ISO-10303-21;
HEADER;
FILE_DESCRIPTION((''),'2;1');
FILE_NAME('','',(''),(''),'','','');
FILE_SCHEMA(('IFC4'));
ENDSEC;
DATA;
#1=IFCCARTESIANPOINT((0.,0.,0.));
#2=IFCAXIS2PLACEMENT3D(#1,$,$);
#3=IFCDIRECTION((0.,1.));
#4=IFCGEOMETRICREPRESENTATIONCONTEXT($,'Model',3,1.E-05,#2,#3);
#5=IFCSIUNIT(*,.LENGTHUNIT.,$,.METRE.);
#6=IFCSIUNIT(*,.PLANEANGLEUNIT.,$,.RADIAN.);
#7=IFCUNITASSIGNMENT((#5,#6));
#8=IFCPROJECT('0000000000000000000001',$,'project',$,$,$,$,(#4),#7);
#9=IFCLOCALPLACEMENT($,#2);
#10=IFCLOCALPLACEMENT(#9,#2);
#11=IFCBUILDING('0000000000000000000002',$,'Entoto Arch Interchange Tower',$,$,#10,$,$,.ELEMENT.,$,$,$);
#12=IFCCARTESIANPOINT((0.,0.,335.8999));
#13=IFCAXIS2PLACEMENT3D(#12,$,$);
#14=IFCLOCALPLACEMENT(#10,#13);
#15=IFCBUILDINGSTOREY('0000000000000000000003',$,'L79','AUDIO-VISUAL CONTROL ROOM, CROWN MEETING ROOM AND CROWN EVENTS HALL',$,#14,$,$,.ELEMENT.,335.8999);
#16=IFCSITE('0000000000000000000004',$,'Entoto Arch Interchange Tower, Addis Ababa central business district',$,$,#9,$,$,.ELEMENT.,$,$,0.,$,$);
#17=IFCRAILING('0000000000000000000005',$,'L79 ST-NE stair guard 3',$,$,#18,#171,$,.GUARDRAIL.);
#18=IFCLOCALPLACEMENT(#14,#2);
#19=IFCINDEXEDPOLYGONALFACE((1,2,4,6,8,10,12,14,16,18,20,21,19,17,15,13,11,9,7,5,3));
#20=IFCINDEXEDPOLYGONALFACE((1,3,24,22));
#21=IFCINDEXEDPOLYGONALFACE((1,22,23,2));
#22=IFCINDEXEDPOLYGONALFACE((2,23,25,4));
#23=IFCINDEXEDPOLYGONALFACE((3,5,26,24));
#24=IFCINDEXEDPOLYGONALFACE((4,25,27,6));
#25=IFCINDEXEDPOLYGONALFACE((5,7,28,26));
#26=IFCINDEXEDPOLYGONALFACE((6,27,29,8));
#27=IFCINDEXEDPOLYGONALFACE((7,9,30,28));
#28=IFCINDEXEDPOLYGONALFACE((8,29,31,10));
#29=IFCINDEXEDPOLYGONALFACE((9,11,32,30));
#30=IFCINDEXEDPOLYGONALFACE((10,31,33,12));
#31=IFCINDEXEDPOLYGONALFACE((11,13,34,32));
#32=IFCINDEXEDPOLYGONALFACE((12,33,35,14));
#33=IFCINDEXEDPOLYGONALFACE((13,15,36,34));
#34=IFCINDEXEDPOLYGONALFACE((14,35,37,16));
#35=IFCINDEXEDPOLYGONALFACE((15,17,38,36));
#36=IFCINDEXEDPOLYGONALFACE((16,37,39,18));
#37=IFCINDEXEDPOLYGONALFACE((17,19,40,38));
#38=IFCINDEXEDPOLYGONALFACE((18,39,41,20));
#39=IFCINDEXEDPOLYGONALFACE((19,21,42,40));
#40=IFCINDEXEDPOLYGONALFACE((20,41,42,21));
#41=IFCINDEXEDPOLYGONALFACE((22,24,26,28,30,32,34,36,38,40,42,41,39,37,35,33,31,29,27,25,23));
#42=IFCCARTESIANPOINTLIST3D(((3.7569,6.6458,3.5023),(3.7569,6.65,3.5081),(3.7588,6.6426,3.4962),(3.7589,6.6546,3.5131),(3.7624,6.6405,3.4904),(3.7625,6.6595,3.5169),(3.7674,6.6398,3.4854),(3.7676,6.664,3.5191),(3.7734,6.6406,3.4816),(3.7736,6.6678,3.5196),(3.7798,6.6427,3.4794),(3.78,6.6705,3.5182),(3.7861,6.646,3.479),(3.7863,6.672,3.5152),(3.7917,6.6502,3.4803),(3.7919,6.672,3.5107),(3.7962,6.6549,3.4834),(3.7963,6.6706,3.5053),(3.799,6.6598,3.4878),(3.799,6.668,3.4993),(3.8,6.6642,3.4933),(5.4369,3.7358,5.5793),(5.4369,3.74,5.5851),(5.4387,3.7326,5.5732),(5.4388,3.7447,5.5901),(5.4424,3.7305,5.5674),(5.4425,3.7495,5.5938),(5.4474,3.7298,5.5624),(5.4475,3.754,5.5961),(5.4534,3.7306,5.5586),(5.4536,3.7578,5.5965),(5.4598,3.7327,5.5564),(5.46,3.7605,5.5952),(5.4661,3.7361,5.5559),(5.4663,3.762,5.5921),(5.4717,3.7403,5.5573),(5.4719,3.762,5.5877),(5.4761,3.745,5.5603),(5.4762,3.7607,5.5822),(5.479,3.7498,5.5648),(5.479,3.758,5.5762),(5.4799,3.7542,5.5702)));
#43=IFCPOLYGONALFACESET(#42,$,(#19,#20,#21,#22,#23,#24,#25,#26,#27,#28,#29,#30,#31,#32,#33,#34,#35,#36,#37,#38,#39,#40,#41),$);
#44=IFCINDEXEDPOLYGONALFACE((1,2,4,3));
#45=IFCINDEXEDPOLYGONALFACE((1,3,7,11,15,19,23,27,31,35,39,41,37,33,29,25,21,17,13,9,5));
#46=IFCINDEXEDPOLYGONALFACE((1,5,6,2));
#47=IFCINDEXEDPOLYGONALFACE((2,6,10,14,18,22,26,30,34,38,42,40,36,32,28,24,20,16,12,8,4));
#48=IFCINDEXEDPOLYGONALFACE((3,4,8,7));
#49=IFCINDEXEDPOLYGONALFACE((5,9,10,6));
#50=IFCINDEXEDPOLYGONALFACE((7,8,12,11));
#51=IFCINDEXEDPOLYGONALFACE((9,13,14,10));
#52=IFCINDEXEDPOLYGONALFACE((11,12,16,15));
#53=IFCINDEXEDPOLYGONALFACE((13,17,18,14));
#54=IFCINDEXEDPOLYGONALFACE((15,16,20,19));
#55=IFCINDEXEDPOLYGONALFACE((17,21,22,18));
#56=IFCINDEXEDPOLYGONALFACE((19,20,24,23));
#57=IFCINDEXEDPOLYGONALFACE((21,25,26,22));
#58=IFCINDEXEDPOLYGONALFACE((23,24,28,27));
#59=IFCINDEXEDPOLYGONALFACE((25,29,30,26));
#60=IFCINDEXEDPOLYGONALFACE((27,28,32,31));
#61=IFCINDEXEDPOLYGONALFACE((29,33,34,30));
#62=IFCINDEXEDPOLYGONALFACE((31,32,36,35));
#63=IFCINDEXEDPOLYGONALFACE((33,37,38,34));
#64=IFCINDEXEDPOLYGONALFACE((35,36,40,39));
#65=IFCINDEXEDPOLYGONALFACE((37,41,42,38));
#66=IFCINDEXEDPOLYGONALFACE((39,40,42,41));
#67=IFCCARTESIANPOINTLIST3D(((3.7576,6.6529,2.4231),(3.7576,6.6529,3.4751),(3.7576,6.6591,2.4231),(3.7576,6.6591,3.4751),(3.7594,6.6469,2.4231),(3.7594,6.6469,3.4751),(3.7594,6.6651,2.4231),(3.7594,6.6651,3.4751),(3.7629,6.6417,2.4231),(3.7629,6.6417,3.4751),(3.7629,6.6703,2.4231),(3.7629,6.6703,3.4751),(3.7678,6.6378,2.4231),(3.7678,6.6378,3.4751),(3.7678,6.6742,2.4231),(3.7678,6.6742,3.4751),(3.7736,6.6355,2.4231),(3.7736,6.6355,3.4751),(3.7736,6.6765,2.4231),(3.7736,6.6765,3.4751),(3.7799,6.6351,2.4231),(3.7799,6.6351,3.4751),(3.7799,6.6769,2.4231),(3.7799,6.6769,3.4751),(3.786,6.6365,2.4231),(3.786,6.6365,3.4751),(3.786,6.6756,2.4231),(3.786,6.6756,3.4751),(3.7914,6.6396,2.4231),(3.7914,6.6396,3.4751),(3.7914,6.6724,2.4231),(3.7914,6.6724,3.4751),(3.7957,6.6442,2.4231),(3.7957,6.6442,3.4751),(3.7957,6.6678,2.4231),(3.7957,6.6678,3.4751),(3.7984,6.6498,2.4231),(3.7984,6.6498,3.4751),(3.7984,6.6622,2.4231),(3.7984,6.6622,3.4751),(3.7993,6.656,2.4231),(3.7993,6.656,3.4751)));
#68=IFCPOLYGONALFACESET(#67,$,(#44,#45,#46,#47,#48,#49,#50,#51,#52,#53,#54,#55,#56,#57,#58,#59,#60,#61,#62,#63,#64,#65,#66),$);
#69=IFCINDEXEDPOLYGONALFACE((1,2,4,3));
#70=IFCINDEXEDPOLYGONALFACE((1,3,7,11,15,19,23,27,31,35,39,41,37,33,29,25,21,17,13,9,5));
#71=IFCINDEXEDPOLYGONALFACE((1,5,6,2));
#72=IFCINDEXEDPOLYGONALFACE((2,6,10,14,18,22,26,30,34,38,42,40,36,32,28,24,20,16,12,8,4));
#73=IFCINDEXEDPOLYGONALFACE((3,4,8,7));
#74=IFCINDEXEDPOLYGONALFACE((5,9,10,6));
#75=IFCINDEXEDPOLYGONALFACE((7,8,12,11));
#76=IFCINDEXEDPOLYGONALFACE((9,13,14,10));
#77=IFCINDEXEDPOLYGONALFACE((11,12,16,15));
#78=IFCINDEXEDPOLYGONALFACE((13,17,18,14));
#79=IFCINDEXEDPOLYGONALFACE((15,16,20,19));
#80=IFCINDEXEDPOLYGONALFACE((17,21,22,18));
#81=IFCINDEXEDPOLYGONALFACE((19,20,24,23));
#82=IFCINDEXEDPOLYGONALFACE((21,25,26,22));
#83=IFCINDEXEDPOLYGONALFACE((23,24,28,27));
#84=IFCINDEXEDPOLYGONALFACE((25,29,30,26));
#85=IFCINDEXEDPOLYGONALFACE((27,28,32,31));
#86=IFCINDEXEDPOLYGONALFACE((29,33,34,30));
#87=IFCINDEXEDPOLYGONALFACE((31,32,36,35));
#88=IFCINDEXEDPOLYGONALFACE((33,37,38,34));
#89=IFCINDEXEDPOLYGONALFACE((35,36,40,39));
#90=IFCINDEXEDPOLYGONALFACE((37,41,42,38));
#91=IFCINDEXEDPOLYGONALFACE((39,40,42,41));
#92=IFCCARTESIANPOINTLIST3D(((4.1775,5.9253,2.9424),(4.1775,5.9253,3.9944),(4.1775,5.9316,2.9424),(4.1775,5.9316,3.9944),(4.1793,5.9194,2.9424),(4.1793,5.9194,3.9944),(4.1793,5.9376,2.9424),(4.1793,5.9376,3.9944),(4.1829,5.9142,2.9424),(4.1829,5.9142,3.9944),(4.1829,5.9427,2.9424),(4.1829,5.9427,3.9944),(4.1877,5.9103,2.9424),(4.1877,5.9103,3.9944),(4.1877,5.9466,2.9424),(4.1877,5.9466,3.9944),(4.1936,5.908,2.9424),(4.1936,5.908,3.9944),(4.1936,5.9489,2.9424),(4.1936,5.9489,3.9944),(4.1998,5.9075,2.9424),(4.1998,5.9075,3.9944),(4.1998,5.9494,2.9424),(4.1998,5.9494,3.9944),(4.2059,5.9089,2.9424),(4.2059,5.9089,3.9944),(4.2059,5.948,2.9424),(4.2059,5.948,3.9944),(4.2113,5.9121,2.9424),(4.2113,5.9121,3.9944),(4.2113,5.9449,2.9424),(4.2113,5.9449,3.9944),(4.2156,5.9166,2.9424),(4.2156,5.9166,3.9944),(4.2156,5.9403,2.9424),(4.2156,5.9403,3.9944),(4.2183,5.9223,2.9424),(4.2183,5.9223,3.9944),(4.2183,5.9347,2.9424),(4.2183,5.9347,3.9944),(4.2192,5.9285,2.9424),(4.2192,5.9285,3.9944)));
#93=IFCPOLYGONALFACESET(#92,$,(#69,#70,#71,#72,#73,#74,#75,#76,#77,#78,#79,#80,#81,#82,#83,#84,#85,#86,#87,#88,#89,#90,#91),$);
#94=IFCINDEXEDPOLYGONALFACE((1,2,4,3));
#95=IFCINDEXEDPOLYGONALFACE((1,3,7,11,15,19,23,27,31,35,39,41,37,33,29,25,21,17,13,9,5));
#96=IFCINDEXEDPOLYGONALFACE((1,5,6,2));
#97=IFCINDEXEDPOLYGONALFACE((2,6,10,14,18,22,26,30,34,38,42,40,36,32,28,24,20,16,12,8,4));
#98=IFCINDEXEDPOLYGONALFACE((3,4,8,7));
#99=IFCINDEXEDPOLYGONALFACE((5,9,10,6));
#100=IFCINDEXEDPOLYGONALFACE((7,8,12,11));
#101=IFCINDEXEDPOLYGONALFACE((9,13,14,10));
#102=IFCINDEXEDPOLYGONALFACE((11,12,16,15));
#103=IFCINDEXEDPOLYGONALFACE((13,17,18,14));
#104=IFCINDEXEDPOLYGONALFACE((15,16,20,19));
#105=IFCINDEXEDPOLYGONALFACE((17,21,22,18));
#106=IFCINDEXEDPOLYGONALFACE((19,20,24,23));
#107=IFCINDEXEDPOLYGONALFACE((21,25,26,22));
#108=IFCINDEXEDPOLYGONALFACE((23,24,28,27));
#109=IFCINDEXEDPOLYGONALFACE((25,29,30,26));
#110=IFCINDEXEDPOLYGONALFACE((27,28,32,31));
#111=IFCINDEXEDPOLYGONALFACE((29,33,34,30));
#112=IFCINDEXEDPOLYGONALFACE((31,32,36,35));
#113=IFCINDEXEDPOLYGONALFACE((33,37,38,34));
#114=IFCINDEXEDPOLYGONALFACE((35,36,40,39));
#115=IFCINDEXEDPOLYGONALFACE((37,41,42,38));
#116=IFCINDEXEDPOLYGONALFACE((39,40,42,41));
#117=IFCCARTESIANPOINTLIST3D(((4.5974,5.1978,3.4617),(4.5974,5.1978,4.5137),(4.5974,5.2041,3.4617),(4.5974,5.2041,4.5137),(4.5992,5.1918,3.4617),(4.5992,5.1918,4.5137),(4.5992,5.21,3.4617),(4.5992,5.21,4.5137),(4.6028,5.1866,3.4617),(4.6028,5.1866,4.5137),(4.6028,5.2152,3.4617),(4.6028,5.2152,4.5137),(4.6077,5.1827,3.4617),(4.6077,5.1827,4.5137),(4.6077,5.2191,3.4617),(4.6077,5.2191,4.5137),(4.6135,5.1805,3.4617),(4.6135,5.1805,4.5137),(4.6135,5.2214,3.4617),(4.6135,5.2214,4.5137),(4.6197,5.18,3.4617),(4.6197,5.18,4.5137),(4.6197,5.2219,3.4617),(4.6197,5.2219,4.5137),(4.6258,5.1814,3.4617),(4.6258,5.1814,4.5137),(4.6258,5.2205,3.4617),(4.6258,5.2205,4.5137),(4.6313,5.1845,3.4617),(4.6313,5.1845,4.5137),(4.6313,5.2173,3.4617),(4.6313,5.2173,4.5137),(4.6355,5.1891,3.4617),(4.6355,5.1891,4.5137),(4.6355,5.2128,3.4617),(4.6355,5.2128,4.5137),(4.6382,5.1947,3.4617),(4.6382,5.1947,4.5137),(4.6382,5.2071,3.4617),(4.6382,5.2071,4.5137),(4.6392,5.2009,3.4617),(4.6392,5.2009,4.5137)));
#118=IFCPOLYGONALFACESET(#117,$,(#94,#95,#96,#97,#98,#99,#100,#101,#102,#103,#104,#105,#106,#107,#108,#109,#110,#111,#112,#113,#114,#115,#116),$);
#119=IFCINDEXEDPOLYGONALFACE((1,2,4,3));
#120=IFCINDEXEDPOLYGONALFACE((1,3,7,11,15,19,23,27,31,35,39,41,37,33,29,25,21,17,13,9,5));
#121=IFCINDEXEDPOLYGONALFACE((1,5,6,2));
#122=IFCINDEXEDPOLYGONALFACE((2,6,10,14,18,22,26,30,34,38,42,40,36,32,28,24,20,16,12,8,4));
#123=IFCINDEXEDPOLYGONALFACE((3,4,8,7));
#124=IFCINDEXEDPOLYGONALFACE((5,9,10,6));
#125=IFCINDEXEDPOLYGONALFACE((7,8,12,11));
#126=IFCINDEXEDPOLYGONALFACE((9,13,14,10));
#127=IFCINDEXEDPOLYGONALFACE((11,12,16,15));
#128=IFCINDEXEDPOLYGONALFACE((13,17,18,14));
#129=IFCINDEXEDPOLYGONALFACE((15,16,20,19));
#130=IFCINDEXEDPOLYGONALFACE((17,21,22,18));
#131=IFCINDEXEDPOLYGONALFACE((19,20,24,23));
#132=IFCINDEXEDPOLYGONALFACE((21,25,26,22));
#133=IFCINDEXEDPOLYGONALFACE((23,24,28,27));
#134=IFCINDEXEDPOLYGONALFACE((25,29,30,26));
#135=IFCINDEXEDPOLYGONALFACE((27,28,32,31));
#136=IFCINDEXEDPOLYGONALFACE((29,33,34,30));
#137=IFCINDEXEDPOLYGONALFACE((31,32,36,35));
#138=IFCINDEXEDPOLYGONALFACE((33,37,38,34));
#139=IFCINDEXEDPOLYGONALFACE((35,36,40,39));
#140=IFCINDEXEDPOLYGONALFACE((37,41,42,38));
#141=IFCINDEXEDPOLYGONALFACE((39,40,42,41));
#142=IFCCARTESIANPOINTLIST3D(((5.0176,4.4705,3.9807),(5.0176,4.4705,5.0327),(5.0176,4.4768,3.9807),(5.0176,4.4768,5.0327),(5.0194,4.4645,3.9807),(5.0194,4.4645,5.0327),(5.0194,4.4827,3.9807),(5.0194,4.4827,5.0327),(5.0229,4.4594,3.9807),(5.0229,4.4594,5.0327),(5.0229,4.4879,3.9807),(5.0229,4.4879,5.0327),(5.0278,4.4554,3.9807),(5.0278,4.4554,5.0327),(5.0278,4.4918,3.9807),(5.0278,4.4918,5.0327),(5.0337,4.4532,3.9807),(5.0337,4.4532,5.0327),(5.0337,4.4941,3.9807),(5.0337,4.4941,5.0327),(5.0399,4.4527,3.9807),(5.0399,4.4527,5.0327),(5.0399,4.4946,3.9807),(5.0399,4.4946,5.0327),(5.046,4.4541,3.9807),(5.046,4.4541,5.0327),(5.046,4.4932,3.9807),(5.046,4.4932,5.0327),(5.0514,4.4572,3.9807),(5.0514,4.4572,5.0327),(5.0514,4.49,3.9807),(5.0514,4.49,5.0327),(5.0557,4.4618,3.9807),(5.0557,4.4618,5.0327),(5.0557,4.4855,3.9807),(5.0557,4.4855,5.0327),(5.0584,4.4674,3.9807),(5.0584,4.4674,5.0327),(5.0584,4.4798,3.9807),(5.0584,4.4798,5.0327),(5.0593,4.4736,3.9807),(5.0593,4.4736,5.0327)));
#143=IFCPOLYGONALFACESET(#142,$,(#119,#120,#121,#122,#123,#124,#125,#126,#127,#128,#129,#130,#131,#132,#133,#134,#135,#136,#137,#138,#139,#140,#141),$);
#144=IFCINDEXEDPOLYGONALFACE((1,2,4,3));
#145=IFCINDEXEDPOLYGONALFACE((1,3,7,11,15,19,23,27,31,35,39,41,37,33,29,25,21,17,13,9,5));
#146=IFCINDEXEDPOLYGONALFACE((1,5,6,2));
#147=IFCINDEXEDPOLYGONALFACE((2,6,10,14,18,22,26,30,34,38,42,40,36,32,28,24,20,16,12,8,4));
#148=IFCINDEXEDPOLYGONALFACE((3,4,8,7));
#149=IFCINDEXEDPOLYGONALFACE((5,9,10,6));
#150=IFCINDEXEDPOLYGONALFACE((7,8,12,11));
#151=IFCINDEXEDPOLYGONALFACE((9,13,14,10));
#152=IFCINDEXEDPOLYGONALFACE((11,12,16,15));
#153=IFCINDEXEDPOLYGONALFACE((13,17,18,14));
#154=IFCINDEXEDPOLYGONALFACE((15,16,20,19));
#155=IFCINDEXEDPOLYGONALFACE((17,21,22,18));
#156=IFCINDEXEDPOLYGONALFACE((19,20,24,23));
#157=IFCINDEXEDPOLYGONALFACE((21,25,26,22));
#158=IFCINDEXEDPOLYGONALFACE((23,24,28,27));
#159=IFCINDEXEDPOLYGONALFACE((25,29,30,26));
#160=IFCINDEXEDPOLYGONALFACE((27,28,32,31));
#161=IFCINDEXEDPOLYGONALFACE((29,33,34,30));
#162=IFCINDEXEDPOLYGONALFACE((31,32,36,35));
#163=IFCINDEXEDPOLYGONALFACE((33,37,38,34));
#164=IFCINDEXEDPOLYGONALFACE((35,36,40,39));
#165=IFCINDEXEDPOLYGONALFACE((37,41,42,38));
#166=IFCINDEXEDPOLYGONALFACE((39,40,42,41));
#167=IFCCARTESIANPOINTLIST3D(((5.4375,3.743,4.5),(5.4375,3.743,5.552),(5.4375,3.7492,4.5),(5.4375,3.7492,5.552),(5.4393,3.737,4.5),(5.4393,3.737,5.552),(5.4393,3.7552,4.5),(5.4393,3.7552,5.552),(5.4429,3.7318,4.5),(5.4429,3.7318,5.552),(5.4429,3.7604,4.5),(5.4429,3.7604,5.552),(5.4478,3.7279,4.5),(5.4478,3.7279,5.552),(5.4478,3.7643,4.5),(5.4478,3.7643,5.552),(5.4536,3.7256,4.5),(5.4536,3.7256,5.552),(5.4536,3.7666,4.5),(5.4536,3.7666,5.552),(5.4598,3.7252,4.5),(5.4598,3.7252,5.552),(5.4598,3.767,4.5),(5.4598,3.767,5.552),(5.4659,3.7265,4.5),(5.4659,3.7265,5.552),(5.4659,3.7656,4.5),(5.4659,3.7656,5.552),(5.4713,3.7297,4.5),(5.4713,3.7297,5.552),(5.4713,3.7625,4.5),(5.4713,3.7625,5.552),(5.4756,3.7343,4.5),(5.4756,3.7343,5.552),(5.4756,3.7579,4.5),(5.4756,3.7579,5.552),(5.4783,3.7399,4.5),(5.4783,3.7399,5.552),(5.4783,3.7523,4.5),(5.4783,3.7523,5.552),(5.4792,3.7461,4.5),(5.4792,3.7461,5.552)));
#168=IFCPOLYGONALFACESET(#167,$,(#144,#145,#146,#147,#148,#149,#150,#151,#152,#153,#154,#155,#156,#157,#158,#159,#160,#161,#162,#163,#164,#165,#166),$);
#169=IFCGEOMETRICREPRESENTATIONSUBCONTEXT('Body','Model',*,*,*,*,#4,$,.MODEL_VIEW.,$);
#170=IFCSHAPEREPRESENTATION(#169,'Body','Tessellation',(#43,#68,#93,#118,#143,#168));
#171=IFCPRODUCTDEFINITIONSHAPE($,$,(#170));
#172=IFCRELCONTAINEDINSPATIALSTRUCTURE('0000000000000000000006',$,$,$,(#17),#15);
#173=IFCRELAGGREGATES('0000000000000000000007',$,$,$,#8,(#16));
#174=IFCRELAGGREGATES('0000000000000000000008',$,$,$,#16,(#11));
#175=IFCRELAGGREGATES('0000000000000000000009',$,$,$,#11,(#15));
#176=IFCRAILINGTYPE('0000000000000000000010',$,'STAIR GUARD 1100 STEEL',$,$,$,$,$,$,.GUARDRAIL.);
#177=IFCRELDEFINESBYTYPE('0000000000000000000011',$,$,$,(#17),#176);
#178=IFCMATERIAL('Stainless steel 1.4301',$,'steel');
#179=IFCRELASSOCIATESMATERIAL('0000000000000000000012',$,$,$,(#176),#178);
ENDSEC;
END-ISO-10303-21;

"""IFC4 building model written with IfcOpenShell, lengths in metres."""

from ifc_helpers import new_model, si_unit, direction, frame, origin, origin_2d, place, context, subcontext, project, spatial, circle, extrude, material, type_object, element, save


model = new_model("IFC4")

# Units and contexts
model_context = context("Model", 3, precision=1e-05, world=origin(), true_north=direction((0.0, 1.0)))
body_context = subcontext(model_context, "Body", "Model", "MODEL_VIEW")
ifc_project = project(units=[si_unit("LENGTHUNIT", "METRE"), si_unit("PLANEANGLEUNIT", "RADIAN")], contexts=[model_context])

# Site, building, storey
site_placement = place(None, origin())
site = spatial("IfcSite", under=ifc_project, at=site_placement, Name="Entoto Arch Interchange Tower, Addis Ababa central business district", CompositionType="ELEMENT", RefElevation=0.0)
building_placement = place(site_placement, origin())
building = spatial("IfcBuilding", under=site, at=building_placement, Name="Entoto Arch Interchange Tower", CompositionType="ELEMENT")
storey_placement = place(building_placement, frame((0.0, 0.0, 335.8999)))
storey = spatial("IfcBuildingStorey", under=building, at=storey_placement, Name="L79", Description="AUDIO-VISUAL CONTROL ROOM, CROWN MEETING ROOM AND CROWN EVENTS HALL", CompositionType="ELEMENT", Elevation=335.8999)

# Railing
ifc_material_1 = material(Name="Stainless steel 1.4301", Category="steel")
railing_type_1 = type_object("IfcRailingType", Name="STAIR GUARD 1100 STEEL", PredefinedType="GUARDRAIL", material=ifc_material_1)
railing_1_placement = place(storey_placement, frame((3.7783, 6.656, 2.4231)))
element("IfcRailing", 1, at=railing_1_placement, inside=storey, type_object=railing_type_1, Name="L79 ST-NE stair guard 3", PredefinedType="GUARDRAIL", context=body_context, shape_type="SweptSolid", body=[
    extrude(circle(Radius=0.0239, at=origin_2d()), frame((0.0, 0.0, 1.0762), z_axis=(0.425288, -0.736668, 0.525785), x_axis=(0.866039, 0.499976, 0.0)), (0.0, 0.0, 1.0), 3.9502),
    extrude(circle(Radius=0.021, at=origin_2d()), origin(), (0.0, 0.0, 1.0), 1.052),
    extrude(circle(Radius=0.021, at=origin_2d()), frame((0.4199, -0.7275, 0.5193)), (0.0, 0.0, 1.0), 1.052),
    extrude(circle(Radius=0.021, at=origin_2d()), frame((0.8398, -1.4551, 1.0386)), (0.0, 0.0, 1.0), 1.052),
    extrude(circle(Radius=0.021, at=origin_2d()), frame((1.26, -2.1824, 1.5576)), (0.0, 0.0, 1.0), 1.052),
    extrude(circle(Radius=0.021, at=origin_2d()), frame((1.6799, -2.9099, 2.0769)), (0.0, 0.0, 1.0), 1.052),
])

save(model, "model.ifc")
